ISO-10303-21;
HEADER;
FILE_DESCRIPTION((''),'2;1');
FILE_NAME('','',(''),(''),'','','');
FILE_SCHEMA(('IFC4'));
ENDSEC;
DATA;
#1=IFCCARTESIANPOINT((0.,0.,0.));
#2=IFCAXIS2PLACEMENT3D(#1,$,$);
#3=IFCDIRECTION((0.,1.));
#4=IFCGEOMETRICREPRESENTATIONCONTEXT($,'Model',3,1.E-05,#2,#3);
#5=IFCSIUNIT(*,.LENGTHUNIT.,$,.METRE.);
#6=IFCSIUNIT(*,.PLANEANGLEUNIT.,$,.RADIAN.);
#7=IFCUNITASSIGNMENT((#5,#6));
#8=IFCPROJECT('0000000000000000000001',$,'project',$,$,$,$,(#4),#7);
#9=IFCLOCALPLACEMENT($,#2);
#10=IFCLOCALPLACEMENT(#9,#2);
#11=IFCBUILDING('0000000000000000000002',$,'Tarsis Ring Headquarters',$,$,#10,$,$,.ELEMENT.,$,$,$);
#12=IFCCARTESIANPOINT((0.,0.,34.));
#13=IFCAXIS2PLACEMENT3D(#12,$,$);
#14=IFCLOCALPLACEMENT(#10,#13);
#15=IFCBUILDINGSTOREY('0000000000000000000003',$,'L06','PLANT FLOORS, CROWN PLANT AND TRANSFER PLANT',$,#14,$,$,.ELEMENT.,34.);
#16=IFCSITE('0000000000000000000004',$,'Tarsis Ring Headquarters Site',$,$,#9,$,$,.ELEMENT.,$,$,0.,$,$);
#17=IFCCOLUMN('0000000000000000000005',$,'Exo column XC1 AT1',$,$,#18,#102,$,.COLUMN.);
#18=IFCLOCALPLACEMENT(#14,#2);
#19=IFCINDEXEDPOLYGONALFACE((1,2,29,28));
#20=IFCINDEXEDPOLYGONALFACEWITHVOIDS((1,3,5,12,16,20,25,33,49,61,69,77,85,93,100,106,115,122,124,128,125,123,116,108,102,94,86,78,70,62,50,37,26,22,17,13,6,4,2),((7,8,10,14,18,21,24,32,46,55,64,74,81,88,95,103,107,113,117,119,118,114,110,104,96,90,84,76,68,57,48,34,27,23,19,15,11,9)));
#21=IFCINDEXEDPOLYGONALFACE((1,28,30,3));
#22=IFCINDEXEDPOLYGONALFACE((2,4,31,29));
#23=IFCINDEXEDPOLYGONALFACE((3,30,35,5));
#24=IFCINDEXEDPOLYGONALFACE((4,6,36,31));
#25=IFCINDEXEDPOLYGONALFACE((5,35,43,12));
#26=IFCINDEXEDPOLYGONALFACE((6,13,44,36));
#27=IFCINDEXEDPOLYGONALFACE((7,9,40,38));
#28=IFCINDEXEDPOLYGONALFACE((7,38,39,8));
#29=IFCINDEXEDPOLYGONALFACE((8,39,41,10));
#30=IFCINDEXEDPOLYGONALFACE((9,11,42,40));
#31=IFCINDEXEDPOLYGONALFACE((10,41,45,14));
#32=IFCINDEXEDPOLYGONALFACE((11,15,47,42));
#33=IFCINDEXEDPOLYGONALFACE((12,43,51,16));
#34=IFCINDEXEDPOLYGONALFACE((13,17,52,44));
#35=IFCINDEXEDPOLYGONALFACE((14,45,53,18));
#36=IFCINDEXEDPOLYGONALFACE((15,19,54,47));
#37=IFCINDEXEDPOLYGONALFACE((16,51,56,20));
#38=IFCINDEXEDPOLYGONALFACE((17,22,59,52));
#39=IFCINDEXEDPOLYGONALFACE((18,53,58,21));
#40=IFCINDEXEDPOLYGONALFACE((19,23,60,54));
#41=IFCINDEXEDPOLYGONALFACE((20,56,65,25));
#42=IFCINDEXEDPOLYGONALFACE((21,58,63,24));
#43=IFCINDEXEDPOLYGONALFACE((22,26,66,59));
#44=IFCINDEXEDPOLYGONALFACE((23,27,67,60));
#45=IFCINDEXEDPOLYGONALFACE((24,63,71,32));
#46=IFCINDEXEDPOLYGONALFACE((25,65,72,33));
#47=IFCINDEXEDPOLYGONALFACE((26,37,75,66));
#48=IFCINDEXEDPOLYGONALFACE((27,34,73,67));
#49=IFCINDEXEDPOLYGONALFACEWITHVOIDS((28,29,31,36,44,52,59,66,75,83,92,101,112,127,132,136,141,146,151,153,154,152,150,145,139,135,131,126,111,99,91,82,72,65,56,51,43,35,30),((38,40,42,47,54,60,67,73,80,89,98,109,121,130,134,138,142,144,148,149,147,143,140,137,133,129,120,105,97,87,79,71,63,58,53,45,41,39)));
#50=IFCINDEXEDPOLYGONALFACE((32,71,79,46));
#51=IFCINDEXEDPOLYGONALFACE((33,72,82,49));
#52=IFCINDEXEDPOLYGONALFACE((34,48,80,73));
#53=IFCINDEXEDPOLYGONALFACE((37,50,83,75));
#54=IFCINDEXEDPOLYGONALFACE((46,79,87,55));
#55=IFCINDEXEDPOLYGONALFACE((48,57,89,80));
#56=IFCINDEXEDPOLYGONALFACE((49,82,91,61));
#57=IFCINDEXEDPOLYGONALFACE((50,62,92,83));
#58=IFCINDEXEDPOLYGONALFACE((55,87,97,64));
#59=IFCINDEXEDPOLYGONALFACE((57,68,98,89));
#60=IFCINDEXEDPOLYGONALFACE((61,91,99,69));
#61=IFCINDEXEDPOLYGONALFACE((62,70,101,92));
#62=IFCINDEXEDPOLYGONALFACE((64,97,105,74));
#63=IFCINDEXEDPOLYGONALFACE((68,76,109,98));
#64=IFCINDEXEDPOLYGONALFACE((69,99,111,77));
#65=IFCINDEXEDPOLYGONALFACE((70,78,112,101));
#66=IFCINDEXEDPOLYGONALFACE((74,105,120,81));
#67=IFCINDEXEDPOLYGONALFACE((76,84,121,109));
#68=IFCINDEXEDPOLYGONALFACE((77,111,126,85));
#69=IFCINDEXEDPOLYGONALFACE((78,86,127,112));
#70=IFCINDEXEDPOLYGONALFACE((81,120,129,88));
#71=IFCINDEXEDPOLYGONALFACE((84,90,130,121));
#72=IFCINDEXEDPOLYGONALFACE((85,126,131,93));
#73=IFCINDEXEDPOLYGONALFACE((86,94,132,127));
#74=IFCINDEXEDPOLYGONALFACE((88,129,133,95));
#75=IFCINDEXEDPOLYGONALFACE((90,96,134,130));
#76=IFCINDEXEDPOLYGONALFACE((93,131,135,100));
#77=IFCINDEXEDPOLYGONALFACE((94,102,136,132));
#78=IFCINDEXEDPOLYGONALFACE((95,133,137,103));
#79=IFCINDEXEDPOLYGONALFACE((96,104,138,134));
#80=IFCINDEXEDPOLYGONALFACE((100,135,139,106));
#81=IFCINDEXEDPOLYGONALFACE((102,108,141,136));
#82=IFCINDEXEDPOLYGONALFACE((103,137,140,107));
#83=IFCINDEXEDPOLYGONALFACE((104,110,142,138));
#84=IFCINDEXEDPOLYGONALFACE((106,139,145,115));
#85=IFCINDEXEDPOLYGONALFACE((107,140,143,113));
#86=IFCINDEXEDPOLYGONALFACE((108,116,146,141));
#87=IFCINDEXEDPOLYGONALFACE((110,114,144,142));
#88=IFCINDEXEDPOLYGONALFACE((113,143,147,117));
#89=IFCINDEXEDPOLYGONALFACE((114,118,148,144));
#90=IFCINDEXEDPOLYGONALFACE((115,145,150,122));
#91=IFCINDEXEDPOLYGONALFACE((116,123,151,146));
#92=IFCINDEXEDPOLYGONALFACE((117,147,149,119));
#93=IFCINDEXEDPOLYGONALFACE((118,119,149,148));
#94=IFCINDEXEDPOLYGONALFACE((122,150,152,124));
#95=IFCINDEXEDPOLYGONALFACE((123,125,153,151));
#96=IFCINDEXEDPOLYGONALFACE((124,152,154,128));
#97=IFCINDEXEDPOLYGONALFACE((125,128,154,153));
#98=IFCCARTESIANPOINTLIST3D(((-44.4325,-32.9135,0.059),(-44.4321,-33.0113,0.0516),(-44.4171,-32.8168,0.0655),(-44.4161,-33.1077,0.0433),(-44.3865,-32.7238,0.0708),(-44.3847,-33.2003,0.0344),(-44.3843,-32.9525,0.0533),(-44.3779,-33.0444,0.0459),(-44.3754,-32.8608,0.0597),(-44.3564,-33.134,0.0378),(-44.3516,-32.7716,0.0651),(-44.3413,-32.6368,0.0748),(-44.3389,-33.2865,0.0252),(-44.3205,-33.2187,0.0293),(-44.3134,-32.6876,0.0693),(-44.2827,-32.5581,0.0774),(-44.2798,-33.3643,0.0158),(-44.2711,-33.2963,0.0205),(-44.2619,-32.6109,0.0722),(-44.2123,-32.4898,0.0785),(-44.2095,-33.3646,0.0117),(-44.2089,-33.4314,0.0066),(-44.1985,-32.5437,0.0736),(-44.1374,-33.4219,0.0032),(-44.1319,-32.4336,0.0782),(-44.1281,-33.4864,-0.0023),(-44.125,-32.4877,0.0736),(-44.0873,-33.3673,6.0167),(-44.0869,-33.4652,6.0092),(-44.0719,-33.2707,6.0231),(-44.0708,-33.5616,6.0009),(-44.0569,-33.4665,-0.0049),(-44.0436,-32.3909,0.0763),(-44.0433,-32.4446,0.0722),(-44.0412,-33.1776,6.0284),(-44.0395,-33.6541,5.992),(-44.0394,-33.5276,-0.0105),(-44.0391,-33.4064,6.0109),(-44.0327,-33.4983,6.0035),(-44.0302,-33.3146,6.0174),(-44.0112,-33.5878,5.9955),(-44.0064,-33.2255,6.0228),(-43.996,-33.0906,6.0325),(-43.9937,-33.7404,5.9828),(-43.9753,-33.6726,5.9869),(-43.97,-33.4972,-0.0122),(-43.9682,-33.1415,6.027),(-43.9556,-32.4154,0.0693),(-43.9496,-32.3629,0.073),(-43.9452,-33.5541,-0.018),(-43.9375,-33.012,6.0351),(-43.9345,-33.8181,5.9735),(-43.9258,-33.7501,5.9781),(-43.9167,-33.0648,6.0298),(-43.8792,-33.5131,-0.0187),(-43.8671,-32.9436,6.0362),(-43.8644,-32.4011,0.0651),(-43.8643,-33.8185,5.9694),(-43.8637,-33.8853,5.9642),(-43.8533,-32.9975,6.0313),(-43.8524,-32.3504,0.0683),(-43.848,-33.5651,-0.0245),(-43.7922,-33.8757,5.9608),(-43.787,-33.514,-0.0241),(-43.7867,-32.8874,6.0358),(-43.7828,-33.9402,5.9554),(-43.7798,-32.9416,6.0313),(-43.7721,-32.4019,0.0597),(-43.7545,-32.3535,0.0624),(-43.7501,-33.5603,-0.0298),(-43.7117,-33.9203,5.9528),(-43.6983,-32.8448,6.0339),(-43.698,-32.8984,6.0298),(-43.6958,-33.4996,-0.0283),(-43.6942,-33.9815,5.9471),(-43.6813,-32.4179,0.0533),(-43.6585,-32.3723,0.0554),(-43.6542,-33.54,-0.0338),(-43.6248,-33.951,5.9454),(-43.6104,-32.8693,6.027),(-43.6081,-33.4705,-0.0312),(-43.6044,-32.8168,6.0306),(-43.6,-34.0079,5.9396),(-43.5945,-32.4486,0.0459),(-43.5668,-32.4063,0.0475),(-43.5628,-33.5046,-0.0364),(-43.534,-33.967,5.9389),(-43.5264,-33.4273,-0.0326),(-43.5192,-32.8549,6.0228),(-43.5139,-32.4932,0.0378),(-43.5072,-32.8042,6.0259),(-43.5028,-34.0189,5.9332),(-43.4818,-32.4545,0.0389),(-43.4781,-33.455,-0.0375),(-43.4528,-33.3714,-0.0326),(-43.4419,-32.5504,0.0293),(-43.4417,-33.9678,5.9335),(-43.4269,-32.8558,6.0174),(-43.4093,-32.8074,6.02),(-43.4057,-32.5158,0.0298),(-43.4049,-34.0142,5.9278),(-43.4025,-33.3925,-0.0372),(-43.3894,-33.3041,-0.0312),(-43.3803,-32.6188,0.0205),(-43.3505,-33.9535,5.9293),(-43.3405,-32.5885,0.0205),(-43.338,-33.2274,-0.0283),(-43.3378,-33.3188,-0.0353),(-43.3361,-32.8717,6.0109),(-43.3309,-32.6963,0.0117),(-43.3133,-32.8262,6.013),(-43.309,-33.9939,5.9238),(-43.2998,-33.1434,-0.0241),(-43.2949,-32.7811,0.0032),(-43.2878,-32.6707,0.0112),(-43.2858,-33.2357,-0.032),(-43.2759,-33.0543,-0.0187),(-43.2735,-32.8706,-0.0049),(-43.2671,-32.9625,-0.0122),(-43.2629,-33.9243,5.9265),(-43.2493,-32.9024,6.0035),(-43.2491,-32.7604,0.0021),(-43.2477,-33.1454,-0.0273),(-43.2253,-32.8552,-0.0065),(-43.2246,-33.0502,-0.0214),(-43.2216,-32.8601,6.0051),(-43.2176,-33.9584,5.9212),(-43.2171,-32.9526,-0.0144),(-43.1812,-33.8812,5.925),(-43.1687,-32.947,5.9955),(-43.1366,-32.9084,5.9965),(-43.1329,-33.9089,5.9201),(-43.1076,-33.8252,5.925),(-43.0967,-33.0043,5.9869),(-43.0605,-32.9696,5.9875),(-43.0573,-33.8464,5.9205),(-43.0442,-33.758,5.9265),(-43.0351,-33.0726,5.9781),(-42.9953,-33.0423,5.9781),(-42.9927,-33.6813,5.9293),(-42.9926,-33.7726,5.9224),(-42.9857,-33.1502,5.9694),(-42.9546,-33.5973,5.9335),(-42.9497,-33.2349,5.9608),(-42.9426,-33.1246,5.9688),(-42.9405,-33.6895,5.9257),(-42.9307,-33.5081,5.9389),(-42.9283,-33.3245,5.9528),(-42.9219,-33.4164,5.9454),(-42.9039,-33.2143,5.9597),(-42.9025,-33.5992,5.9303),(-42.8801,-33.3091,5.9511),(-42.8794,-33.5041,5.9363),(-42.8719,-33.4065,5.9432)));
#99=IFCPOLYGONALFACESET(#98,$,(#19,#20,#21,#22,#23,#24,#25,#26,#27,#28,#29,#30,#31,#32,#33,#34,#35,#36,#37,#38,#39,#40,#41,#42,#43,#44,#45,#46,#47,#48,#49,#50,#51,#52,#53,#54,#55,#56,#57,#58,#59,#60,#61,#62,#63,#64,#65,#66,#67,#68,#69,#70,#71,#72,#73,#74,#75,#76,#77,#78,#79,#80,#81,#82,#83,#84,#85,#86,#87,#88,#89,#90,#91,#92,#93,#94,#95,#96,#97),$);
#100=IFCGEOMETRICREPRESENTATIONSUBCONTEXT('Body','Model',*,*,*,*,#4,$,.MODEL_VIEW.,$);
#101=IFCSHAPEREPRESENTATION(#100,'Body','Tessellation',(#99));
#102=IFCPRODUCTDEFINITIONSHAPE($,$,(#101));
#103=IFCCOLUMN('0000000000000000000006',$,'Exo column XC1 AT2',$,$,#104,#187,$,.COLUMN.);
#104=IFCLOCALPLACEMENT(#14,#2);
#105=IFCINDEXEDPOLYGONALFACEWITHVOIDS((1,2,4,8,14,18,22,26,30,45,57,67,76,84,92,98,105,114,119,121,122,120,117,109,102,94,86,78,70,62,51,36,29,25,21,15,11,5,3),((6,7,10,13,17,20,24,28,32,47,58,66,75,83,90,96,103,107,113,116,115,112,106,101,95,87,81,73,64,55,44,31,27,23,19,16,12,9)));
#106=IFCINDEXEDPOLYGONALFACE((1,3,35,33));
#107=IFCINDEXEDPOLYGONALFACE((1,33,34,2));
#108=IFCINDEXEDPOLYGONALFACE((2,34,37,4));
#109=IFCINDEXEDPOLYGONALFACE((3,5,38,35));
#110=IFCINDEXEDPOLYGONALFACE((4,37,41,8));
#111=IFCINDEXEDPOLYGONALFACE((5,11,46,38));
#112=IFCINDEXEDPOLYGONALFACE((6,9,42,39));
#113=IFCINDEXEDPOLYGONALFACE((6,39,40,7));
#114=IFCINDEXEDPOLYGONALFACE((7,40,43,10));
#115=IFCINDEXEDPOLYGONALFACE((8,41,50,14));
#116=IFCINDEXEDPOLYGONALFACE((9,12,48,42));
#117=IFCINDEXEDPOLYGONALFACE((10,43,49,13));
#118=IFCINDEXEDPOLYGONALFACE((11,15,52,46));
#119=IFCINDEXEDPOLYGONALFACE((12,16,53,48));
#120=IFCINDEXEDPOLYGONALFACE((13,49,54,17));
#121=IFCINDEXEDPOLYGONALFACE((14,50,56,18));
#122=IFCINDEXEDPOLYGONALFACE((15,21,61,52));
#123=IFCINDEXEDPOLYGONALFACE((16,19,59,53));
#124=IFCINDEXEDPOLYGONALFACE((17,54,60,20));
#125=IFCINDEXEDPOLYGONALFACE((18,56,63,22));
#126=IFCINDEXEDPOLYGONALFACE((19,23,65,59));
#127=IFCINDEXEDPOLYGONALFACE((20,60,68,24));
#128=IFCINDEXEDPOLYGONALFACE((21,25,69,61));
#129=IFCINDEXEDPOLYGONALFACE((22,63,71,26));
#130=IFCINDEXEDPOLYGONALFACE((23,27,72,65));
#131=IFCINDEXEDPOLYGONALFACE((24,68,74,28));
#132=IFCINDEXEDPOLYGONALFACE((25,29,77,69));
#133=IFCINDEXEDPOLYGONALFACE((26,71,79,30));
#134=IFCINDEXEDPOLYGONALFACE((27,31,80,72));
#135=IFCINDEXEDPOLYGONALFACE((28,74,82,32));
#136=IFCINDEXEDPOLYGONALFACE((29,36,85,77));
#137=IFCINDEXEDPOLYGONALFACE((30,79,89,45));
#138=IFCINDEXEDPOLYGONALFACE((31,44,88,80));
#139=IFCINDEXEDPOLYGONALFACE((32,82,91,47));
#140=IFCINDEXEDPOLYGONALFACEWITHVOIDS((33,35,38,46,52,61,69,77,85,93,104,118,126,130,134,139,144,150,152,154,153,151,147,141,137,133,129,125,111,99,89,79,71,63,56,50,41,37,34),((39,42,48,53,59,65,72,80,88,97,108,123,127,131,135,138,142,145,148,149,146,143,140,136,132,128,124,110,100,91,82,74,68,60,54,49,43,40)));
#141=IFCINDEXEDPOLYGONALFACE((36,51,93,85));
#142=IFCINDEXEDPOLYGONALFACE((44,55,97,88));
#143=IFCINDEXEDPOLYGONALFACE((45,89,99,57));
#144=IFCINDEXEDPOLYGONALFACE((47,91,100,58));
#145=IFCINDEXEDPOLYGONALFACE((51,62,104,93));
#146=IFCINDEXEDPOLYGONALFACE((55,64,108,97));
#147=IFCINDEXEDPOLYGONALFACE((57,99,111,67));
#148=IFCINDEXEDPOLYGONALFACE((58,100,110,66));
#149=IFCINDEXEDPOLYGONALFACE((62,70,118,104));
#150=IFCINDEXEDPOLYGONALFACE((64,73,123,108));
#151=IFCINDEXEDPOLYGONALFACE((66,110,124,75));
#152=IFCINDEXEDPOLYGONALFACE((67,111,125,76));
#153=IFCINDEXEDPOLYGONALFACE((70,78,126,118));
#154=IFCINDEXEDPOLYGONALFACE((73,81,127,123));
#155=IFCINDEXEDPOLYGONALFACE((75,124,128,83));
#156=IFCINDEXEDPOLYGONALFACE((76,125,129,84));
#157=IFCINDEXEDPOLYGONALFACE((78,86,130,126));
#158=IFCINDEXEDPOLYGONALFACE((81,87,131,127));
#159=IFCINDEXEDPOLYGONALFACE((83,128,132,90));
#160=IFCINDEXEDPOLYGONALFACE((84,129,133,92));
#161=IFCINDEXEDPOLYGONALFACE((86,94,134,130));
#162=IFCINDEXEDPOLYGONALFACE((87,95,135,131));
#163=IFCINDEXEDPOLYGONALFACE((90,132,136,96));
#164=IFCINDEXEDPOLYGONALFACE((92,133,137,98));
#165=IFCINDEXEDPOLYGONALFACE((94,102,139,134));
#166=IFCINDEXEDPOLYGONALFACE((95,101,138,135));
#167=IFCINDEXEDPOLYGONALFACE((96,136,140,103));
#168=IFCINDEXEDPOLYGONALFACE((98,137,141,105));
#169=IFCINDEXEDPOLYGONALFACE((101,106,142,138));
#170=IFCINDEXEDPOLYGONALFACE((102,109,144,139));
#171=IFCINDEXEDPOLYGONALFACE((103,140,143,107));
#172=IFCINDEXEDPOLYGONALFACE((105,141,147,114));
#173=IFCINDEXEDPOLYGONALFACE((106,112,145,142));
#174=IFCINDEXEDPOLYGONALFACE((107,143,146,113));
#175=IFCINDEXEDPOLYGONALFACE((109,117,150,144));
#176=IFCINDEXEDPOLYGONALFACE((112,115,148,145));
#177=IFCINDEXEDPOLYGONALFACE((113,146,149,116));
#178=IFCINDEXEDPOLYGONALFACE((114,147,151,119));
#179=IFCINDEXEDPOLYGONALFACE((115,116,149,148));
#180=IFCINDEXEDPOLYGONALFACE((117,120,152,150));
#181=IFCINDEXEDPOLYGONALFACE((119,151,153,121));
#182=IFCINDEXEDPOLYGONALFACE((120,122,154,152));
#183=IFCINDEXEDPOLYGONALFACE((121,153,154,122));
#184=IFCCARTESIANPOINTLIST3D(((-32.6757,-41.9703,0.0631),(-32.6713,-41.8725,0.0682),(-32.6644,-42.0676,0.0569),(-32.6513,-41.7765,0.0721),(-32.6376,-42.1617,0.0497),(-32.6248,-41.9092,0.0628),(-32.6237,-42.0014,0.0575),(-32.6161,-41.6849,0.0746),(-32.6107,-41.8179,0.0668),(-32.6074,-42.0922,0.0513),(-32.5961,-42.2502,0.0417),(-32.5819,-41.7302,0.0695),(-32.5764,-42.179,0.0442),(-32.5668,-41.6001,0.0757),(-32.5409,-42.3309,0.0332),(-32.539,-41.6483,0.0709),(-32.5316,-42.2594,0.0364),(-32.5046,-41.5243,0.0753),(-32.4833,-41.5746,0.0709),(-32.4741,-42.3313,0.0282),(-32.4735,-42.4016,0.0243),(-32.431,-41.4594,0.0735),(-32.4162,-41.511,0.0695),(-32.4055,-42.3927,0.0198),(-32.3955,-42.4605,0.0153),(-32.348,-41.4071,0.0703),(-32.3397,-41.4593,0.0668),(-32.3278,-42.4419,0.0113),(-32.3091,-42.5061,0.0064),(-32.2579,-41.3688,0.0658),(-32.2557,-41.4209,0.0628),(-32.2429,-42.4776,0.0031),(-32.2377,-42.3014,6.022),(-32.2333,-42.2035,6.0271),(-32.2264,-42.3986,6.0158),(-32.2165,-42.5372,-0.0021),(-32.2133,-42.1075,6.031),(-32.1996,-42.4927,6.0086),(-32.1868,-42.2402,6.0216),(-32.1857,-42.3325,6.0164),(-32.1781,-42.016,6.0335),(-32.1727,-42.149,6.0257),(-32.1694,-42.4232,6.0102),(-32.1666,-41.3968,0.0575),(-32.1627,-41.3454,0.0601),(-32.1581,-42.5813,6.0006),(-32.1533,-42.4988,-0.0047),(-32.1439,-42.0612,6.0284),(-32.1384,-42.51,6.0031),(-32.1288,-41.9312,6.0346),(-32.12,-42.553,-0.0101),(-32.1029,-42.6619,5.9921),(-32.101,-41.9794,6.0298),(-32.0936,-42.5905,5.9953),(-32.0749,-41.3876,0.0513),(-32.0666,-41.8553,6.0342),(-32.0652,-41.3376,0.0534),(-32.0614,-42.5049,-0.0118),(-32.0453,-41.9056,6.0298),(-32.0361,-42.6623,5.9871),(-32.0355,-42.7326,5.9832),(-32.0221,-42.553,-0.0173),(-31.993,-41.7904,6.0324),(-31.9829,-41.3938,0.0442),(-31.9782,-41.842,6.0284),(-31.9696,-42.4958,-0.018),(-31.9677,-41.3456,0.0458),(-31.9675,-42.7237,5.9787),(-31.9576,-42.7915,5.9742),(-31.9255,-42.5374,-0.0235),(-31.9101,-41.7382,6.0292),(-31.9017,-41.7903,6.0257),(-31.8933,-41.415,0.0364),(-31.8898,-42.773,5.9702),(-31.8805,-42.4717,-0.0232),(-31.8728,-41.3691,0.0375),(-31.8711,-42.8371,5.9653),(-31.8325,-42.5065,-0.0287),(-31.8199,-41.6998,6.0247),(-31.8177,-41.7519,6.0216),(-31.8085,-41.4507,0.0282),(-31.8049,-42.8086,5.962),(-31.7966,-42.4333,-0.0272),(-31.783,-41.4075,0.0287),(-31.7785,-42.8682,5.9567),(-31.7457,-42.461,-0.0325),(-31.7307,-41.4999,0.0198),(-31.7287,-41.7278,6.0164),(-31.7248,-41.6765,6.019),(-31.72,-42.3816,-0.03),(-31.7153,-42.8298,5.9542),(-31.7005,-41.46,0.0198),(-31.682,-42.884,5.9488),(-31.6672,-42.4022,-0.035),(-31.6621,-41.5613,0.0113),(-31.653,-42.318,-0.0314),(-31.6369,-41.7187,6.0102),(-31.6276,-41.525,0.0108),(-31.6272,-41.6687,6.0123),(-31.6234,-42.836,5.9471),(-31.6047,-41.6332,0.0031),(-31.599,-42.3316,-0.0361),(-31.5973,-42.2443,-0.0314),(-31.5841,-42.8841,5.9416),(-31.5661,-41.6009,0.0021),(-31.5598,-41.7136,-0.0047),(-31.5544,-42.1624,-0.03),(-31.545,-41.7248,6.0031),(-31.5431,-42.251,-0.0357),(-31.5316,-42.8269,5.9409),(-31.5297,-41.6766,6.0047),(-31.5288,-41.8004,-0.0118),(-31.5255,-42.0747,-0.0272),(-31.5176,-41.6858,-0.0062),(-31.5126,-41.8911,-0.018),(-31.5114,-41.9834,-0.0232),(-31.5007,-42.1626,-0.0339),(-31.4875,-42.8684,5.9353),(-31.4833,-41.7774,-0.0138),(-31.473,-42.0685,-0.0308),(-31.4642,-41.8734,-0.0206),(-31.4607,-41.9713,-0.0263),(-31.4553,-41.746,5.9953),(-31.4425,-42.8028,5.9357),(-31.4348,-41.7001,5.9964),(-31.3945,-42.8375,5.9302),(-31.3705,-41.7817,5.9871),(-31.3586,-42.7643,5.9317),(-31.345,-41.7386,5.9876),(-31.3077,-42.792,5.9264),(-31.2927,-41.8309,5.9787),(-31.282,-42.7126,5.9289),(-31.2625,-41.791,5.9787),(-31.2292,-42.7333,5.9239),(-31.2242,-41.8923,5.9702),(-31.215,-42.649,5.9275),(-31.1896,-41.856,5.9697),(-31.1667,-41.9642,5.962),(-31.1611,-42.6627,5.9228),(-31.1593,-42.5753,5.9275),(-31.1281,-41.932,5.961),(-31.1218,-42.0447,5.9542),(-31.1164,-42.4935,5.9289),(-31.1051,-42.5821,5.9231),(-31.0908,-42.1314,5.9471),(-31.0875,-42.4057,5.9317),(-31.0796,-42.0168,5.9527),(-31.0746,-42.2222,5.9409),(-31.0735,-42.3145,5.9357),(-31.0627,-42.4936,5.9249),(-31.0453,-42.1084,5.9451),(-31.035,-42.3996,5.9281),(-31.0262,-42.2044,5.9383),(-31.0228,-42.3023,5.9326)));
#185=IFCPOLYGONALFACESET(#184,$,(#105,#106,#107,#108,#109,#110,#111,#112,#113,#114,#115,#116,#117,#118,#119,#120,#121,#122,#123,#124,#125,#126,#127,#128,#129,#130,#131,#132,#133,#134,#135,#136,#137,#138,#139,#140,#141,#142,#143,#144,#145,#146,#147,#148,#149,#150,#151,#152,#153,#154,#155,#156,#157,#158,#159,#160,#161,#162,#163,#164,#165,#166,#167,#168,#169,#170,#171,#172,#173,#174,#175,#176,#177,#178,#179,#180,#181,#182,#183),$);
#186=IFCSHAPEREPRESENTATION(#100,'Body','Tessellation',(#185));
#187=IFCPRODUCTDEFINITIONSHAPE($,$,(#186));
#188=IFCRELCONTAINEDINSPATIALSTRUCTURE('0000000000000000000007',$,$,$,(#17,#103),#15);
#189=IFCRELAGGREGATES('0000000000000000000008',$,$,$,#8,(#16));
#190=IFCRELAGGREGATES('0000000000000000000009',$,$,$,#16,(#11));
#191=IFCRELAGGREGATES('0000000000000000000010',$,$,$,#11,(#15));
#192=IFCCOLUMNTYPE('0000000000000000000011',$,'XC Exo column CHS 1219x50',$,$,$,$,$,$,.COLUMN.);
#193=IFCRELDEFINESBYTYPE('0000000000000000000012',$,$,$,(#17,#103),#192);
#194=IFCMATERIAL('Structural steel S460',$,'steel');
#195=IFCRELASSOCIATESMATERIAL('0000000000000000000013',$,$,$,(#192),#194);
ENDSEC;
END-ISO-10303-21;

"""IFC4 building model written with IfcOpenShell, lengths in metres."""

from ifc_helpers import new_model, si_unit, direction, frame, origin, origin_2d, place, context, subcontext, project, spatial, hollow_circle, extrude, material, material_profile, profile_set, type_object, element, save


model = new_model("IFC4")

# Units and contexts
model_context = context("Model", 3, precision=1e-05, world=origin(), true_north=direction((0.0, 1.0)))
body_context = subcontext(model_context, "Body", "Model", "MODEL_VIEW")
ifc_project = project(units=[si_unit("LENGTHUNIT", "METRE"), si_unit("PLANEANGLEUNIT", "RADIAN")], contexts=[model_context])

# Site, building, storey
site_placement = place(None, origin())
site = spatial("IfcSite", under=ifc_project, at=site_placement, Name="Tarsis Ring Headquarters Site", CompositionType="ELEMENT", RefElevation=0.0)
building_placement = place(site_placement, origin())
building = spatial("IfcBuilding", under=site, at=building_placement, Name="Tarsis Ring Headquarters", CompositionType="ELEMENT")
storey_placement = place(building_placement, frame((0.0, 0.0, 34.0)))
storey = spatial("IfcBuildingStorey", under=building, at=storey_placement, Name="L06", Description="PLANT FLOORS, CROWN PLANT AND TRANSFER PLANT", CompositionType="ELEMENT", Elevation=34.0)

# Columns
ifc_material_1 = material(Name="Structural steel S460", Category="steel")
ifc_material_profile_1 = material_profile(ifc_material_1, hollow_circle(Radius=0.6096, WallThickness=0.05, at=origin_2d()), Name="CHS 1219x50")
ifc_profile_set_1 = profile_set([ifc_material_profile_1], Name="Structural steel S460")
column_type = type_object("IfcColumnType", Name="XC Exo column CHS 1219x50", PredefinedType="COLUMN", material=ifc_profile_set_1)
column_1_placement = place(storey_placement, frame((-43.8257, -32.9575, 0.0205), z_axis=(0.057682, -0.075836, 0.99545), x_axis=(0.795923, 0.605398, 0.0)))
element("IfcColumn", 1, at=column_1_placement, inside=storey, type_object=column_type, Name="Exo column XC1 AT1", PredefinedType="COLUMN", context=body_context, shape_type="SweptSolid", body=[
    extrude(hollow_circle(Radius=0.6096, WallThickness=0.05, at=origin_2d()), origin(), (0.0, 0.0, 1.0), 5.9849),
])
column_2_placement = place(storey_placement, frame((-32.0681, -41.9463, 0.0198), z_axis=(0.073191, -0.055321, 0.995782), x_axis=(0.602984, 0.797753, 0.0)))
element("IfcColumn", 2, at=column_2_placement, inside=storey, type_object=column_type, Name="Exo column XC1 AT2", PredefinedType="COLUMN", context=body_context, shape_type="SweptSolid", body=[
    extrude(hollow_circle(Radius=0.6096, WallThickness=0.05, at=origin_2d()), origin(), (0.0, 0.0, 1.0), 5.9841),
])

save(model, "model.ifc")
